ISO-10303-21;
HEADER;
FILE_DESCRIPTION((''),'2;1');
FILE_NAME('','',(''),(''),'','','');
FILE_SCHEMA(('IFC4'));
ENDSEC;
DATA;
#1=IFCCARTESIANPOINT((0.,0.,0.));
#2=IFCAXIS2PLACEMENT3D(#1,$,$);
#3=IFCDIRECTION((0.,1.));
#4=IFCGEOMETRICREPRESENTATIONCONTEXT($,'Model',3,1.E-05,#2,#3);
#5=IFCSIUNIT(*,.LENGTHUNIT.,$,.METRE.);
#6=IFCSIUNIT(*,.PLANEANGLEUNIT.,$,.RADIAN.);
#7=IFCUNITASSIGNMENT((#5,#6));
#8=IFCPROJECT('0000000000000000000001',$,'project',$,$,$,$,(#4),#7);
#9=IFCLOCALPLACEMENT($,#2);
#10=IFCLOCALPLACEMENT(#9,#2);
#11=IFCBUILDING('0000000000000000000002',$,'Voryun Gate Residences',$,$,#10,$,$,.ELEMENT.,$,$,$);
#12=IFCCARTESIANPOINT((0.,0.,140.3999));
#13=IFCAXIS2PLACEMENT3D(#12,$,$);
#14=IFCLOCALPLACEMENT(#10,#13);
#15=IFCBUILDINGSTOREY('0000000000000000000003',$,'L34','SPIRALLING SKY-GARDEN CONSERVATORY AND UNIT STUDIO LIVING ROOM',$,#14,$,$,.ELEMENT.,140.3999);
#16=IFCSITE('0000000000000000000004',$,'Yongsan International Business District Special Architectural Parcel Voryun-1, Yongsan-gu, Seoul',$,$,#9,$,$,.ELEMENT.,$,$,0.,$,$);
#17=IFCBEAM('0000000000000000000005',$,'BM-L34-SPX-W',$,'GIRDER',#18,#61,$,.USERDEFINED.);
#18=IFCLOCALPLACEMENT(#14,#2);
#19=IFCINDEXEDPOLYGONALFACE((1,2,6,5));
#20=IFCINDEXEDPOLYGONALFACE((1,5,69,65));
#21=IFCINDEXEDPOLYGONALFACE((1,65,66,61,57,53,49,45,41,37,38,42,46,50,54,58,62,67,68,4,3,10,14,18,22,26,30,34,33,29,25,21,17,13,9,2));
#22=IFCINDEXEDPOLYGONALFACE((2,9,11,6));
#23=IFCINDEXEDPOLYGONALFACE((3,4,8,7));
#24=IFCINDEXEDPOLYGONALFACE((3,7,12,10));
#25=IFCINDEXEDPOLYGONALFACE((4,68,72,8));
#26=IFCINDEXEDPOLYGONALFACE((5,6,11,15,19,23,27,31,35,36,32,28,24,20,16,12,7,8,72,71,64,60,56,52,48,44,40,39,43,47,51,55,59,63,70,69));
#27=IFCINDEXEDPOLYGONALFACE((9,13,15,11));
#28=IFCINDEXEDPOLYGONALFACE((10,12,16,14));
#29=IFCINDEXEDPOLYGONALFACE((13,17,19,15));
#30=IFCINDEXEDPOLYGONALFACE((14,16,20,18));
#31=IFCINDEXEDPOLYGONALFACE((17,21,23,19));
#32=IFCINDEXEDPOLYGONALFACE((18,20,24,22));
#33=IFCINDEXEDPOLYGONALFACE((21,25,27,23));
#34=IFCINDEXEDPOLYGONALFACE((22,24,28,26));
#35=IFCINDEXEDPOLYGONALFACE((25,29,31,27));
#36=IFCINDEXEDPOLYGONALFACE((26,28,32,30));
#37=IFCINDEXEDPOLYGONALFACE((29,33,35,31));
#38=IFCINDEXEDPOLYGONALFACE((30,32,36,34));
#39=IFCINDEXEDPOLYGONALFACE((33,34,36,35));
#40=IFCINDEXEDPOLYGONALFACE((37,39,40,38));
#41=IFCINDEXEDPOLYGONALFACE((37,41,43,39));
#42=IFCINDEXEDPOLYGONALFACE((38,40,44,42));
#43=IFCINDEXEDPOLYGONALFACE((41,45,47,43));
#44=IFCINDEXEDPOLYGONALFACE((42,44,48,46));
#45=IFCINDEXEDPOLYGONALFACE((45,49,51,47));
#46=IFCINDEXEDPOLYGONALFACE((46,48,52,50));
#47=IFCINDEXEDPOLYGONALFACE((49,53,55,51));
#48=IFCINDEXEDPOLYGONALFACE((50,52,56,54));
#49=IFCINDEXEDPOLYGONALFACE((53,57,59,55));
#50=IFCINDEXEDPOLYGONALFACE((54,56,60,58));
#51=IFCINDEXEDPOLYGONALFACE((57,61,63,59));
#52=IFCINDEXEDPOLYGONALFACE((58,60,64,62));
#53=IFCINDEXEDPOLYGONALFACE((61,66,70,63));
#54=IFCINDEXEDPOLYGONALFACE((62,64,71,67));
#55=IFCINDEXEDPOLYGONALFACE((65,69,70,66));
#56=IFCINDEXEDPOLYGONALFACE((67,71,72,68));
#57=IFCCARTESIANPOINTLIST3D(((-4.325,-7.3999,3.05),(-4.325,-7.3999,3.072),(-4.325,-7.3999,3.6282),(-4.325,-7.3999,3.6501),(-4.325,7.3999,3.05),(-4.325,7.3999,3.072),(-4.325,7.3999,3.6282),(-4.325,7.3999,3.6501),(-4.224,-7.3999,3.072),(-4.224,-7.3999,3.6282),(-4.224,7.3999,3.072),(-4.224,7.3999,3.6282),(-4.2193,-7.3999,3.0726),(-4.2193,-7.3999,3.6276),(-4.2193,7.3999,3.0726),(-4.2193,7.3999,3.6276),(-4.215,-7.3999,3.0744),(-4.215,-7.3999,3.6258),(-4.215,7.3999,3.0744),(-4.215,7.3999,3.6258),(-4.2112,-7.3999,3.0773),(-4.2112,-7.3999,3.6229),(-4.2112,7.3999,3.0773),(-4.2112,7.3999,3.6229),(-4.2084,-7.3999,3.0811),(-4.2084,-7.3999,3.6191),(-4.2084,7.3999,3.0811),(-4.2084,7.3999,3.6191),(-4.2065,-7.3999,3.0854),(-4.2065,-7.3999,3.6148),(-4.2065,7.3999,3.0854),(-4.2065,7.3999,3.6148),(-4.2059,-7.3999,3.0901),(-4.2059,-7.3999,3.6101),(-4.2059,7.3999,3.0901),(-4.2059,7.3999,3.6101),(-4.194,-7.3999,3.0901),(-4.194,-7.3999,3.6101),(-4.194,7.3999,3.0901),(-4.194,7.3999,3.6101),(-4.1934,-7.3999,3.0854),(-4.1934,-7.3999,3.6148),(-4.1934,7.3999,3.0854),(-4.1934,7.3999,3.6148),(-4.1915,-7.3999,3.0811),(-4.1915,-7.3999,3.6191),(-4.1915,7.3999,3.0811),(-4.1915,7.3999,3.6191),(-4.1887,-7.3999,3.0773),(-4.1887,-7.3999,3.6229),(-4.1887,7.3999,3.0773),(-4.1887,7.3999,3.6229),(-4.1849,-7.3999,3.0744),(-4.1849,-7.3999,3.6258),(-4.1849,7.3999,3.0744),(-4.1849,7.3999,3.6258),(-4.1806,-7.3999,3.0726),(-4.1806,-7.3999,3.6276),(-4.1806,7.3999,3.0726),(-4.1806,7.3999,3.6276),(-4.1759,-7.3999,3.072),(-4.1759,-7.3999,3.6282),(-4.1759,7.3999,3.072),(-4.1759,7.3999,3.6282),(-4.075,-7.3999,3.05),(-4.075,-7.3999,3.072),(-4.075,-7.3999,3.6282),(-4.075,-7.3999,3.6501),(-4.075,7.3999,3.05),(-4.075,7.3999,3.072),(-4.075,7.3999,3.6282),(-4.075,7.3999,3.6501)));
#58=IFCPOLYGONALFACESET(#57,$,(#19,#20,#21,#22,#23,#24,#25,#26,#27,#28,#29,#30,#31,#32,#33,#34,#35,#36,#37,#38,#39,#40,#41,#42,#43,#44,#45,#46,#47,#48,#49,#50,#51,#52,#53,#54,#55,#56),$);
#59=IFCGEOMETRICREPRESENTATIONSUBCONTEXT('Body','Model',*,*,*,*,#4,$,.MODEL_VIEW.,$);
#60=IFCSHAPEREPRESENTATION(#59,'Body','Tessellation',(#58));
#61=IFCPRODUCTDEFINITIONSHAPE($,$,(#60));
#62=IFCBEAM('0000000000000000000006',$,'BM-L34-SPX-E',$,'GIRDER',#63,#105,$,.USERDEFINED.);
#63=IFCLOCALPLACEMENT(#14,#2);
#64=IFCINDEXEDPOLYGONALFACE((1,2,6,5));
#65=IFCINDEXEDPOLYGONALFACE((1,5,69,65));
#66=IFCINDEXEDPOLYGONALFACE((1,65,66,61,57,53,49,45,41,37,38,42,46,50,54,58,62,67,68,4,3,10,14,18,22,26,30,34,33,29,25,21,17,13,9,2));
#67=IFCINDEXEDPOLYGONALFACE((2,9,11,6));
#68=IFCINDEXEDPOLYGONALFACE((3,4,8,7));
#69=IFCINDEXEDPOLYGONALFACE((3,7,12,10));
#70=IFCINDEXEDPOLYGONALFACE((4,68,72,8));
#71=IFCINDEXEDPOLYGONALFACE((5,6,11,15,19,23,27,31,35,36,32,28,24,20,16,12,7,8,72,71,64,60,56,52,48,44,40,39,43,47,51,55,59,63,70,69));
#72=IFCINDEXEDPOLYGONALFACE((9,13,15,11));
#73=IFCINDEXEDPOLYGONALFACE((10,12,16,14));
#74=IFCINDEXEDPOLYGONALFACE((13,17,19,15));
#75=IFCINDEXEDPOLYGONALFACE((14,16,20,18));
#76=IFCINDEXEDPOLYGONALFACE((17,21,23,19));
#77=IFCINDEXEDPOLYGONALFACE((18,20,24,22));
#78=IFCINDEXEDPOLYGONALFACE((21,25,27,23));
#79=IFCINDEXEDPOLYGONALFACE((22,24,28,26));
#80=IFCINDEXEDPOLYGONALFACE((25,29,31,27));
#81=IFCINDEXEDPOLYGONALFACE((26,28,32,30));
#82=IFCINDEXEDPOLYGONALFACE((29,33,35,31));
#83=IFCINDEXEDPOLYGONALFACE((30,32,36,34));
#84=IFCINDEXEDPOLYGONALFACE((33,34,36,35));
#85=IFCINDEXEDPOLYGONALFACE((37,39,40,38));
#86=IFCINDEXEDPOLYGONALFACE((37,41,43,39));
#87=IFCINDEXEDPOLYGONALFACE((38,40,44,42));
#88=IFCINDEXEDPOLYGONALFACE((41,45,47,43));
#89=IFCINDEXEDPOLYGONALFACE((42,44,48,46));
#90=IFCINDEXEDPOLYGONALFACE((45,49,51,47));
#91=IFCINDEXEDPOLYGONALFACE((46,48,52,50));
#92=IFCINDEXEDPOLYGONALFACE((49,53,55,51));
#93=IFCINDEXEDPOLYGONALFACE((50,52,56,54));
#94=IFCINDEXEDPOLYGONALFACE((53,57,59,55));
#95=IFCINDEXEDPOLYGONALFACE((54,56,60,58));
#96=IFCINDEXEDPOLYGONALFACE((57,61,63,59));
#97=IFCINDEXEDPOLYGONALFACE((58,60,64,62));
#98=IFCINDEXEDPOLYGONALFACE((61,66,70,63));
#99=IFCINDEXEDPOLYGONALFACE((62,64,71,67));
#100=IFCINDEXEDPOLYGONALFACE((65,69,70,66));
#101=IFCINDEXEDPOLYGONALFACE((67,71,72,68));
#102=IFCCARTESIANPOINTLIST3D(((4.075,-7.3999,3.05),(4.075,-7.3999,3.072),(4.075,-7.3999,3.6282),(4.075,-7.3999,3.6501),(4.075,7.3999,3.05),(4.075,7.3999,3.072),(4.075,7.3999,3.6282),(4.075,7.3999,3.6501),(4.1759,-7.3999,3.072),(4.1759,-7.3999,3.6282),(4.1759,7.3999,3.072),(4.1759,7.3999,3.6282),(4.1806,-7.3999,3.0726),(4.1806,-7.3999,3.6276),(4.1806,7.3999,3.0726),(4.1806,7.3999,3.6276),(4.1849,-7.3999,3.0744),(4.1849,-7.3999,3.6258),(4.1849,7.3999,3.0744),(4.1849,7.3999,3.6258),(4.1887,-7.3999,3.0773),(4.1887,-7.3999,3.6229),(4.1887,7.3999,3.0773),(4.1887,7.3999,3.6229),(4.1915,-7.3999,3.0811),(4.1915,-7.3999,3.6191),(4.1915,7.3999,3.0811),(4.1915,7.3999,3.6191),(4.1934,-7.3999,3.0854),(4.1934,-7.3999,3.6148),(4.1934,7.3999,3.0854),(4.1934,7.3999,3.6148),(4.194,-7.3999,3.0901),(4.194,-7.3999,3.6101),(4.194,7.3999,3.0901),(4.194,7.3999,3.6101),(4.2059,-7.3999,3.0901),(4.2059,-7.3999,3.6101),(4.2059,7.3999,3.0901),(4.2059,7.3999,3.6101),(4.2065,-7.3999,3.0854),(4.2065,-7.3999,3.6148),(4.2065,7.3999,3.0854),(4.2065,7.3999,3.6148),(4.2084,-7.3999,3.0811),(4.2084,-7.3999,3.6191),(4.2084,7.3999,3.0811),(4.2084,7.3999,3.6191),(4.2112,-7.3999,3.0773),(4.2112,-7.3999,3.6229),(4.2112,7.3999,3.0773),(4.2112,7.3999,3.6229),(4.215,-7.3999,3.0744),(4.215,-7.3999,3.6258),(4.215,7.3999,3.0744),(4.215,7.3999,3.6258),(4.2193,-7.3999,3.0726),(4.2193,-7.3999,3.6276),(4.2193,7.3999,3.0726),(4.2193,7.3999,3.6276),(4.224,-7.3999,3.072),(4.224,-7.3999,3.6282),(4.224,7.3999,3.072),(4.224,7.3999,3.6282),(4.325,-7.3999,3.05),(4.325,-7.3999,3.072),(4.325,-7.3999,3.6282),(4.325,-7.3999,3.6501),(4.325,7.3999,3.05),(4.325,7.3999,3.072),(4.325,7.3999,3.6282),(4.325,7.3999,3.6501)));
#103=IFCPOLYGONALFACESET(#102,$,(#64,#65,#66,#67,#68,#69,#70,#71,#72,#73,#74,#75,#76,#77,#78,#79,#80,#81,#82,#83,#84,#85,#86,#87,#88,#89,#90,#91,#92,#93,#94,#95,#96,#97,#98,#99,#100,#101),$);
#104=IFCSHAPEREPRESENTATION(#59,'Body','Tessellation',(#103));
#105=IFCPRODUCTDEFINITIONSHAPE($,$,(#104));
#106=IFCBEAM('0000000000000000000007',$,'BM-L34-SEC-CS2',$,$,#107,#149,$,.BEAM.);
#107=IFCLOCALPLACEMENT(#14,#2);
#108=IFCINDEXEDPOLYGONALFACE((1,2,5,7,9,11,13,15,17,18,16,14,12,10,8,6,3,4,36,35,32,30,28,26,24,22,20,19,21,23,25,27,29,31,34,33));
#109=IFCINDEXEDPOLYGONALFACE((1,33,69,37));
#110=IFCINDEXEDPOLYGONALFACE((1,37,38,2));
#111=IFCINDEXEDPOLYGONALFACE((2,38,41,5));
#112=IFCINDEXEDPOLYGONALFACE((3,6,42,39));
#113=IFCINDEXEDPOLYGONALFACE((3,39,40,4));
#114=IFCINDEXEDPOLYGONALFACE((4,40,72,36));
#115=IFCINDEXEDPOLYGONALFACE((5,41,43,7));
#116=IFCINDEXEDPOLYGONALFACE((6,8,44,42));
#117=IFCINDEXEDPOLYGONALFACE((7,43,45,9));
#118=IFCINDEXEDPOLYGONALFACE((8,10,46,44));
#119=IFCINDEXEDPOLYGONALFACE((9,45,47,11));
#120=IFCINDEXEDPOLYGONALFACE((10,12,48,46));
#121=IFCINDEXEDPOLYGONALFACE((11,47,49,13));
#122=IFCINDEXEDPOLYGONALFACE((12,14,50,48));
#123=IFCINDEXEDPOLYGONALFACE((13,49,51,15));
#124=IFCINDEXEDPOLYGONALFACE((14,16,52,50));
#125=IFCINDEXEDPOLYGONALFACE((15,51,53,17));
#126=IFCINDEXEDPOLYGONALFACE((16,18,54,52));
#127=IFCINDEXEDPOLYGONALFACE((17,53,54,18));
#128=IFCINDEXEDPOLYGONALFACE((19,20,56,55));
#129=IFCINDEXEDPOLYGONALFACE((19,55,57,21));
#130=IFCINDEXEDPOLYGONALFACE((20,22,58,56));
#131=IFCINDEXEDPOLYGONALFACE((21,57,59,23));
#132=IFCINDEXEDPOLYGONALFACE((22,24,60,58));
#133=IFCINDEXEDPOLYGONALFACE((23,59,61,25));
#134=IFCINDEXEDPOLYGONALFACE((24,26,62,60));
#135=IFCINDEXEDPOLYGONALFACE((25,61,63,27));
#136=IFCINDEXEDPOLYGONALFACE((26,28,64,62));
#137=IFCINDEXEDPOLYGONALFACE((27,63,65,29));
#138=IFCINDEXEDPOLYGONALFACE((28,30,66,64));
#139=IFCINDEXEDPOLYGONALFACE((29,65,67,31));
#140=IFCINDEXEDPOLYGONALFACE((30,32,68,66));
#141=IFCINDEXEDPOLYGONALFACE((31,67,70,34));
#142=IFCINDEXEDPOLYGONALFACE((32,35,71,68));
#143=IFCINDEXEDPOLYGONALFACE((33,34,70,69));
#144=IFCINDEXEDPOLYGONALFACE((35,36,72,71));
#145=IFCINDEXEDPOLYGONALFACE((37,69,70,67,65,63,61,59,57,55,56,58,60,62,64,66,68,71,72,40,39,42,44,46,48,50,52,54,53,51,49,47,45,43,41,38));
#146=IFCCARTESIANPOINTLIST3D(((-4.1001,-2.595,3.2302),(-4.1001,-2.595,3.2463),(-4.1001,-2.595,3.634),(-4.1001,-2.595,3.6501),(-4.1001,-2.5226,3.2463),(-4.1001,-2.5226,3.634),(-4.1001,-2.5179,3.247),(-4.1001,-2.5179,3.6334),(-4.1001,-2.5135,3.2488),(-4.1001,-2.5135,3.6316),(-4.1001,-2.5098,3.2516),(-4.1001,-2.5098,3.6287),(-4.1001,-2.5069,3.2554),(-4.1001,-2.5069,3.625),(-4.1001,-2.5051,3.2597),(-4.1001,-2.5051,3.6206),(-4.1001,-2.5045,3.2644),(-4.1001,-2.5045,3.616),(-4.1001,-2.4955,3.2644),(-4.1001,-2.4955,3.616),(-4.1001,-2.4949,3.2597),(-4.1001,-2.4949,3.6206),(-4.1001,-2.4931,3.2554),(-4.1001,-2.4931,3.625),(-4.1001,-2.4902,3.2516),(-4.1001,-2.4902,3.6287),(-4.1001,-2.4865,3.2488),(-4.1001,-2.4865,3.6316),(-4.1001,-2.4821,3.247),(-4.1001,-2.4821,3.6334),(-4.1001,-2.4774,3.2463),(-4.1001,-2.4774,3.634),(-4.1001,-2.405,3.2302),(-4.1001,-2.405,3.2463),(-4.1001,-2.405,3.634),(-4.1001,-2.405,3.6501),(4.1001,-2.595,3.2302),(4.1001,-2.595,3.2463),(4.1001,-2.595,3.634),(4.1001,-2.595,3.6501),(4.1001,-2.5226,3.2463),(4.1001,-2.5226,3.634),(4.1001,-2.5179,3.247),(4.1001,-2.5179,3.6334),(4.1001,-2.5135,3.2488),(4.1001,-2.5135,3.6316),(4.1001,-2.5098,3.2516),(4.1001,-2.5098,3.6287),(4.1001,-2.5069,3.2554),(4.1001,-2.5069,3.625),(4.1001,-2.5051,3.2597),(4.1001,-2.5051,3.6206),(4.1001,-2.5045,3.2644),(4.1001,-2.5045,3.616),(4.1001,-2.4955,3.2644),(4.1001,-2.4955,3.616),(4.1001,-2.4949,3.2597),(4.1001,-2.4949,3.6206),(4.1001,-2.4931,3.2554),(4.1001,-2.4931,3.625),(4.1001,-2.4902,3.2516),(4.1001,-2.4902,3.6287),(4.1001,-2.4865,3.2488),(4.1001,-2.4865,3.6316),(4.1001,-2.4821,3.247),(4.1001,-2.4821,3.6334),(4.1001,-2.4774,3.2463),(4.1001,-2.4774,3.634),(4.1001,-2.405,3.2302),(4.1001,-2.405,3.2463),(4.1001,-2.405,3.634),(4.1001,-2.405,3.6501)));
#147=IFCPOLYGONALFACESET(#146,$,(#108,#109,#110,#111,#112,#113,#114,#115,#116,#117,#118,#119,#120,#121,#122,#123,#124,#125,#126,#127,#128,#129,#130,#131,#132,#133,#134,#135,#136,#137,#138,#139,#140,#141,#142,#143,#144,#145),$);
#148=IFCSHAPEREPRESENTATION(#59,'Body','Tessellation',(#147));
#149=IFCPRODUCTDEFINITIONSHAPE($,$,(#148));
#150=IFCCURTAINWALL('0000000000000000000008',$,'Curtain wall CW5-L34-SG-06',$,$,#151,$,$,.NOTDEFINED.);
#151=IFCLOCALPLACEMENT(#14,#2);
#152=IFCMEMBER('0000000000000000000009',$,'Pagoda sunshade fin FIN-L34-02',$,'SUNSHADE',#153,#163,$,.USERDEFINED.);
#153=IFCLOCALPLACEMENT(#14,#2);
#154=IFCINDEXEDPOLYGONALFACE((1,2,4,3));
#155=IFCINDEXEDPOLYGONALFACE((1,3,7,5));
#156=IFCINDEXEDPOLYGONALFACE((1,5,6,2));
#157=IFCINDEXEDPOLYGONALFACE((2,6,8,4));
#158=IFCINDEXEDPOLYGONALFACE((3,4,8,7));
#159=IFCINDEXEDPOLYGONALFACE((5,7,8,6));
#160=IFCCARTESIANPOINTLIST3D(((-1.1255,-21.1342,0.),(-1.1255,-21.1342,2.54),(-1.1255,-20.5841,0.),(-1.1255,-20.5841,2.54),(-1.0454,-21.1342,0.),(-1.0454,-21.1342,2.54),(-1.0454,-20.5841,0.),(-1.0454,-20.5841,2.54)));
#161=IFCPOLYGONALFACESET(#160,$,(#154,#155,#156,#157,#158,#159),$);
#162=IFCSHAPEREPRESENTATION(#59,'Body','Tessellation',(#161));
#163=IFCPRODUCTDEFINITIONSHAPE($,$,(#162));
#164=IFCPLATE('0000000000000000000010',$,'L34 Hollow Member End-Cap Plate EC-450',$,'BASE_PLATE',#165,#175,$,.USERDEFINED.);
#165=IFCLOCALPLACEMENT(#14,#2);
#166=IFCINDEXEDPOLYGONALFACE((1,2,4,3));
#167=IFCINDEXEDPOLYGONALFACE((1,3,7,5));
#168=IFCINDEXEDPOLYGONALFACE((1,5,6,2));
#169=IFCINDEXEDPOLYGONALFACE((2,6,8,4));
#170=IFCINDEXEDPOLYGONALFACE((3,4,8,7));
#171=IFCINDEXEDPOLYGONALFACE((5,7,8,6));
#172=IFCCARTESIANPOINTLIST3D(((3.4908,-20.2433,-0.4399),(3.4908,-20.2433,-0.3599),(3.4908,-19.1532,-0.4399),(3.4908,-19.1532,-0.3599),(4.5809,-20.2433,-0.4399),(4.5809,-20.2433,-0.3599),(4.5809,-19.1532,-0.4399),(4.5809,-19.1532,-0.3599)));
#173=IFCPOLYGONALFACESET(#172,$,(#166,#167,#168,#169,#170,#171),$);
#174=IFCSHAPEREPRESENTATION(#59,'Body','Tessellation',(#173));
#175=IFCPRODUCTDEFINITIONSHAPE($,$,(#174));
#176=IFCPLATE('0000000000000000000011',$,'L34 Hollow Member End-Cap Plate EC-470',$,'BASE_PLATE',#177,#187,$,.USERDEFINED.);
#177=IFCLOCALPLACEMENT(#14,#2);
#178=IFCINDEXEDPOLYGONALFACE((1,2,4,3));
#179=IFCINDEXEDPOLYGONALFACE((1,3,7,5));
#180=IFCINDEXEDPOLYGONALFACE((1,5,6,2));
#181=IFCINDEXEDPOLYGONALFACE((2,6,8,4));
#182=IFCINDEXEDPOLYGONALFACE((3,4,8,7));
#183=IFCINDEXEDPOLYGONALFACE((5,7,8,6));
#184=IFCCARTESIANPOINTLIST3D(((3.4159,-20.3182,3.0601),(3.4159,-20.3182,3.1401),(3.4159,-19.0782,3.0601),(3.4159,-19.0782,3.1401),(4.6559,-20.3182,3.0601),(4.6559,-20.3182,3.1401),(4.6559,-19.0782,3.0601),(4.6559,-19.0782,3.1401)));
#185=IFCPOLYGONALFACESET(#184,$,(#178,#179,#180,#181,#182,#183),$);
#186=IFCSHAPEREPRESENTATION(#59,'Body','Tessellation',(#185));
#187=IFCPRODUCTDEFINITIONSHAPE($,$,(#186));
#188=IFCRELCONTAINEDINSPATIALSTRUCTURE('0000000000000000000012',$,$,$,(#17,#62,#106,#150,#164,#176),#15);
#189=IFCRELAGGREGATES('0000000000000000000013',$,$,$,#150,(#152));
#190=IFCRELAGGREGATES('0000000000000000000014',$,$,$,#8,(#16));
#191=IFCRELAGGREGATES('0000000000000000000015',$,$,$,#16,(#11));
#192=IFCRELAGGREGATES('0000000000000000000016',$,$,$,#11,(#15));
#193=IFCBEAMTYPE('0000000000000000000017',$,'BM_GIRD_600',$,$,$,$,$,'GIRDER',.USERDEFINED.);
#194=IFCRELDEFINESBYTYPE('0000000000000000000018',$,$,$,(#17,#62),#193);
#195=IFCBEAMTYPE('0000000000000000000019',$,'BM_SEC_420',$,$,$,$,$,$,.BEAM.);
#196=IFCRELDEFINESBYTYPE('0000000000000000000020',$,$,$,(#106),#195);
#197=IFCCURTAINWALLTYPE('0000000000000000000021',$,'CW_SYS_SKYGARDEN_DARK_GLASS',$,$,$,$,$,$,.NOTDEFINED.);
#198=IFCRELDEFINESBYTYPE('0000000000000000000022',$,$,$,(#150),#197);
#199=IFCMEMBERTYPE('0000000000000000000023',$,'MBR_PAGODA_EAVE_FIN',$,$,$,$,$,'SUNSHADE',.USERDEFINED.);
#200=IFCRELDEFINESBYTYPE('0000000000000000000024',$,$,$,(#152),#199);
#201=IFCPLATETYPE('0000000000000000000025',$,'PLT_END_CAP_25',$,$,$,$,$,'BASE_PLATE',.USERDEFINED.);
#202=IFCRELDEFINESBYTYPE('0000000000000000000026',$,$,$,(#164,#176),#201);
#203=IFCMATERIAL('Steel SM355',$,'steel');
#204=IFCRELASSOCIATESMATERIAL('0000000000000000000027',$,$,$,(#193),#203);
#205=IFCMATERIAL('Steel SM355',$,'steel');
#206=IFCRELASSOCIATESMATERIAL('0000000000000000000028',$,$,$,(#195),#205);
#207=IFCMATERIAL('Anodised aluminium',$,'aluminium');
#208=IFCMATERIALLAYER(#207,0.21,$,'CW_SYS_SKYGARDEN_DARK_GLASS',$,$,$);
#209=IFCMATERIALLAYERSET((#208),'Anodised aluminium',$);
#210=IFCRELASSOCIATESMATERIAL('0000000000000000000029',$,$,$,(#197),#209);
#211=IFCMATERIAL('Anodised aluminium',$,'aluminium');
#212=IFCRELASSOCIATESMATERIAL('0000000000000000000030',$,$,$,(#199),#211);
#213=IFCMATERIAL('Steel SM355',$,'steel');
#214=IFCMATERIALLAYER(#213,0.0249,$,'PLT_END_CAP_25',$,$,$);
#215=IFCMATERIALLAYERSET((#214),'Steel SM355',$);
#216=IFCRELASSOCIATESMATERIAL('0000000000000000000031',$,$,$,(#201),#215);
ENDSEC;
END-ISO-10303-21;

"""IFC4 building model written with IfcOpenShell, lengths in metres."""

from ifc_helpers import new_model, si_unit, direction, frame, origin, origin_2d, place, context, subcontext, project, spatial, rectangle, i_section, extrude, material, layer, layer_set, material_profile, profile_set, type_object, element, aggregate, save


model = new_model("IFC4")

# Units and contexts
model_context = context("Model", 3, precision=1e-05, world=origin(), true_north=direction((0.0, 1.0)))
body_context = subcontext(model_context, "Body", "Model", "MODEL_VIEW")
ifc_project = project(units=[si_unit("LENGTHUNIT", "METRE"), si_unit("PLANEANGLEUNIT", "RADIAN")], contexts=[model_context])

# Site, building, storey
site_placement = place(None, origin())
site = spatial("IfcSite", under=ifc_project, at=site_placement, Name="Yongsan International Business District Special Architectural Parcel Voryun-1, Yongsan-gu, Seoul", CompositionType="ELEMENT", RefElevation=0.0)
building_placement = place(site_placement, origin())
building = spatial("IfcBuilding", under=site, at=building_placement, Name="Voryun Gate Residences", CompositionType="ELEMENT")
storey_placement = place(building_placement, frame((0.0, 0.0, 140.3999)))
storey = spatial("IfcBuildingStorey", under=building, at=storey_placement, Name="L34", Description="SPIRALLING SKY-GARDEN CONSERVATORY AND UNIT STUDIO LIVING ROOM", CompositionType="ELEMENT", Elevation=140.3999)

# Beams
ifc_material_1 = material(Name="Steel SM355", Category="steel")
ifc_material_profile_1 = material_profile(ifc_material_1, i_section(OverallWidth=0.25, OverallDepth=0.6001, WebThickness=0.012, FlangeThickness=0.022, FilletRadius=0.0181, at=origin_2d()), Name="H-600x250x12x22")
ifc_profile_set_1 = profile_set([ifc_material_profile_1], Name="Steel SM355")
beam_type_1 = type_object("IfcBeamType", Name="BM_GIRD_600", ElementType="GIRDER", PredefinedType="USERDEFINED", material=ifc_profile_set_1)
for number, where, z_axis, x_axis, name in (
    (1, (-4.2, -7.3999, 3.3501), (0.0, 1.0, 0.0), (-1.0, 0.0, 0.0), "BM-L34-SPX-W"),
    (2, (4.2, -7.3999, 3.3501), (0.0, 1.0, 0.0), (-1.0, 0.0, 0.0), "BM-L34-SPX-E"),
):
    element("IfcBeam", number, at=place(storey_placement, frame(where, z_axis=z_axis, x_axis=x_axis)), inside=storey, type_object=beam_type_1, Name=name, ObjectType="GIRDER", PredefinedType="USERDEFINED", context=body_context, shape_type="SweptSolid", body=[
        extrude(i_section(OverallWidth=0.25, OverallDepth=0.6001, WebThickness=0.012, FlangeThickness=0.022, FilletRadius=0.0181, at=origin_2d()), origin(), (0.0, 0.0, 1.0), 14.7998),
    ])
ifc_material_2 = material(Name="Steel SM355", Category="steel")
ifc_material_profile_2 = material_profile(ifc_material_2, i_section(OverallWidth=0.1899, OverallDepth=0.4199, WebThickness=0.009, FlangeThickness=0.0161, FilletRadius=0.0181, at=origin_2d()), Name="H-420x190x9x16")
ifc_profile_set_2 = profile_set([ifc_material_profile_2], Name="Steel SM355")
beam_type_2 = type_object("IfcBeamType", Name="BM_SEC_420", PredefinedType="BEAM", material=ifc_profile_set_2)
beam_1_placement = place(storey_placement, frame((-4.1001, -2.5, 3.4402), z_axis=(1.0, 0.0, 0.0), x_axis=(0.0, 1.0, 0.0)))
element("IfcBeam", 3, at=beam_1_placement, inside=storey, type_object=beam_type_2, Name="BM-L34-SEC-CS2", PredefinedType="BEAM", context=body_context, shape_type="SweptSolid", body=[
    extrude(i_section(OverallWidth=0.1899, OverallDepth=0.4199, WebThickness=0.009, FlangeThickness=0.0161, FilletRadius=0.0181, at=origin_2d()), origin(), (0.0, 0.0, 1.0), 8.2002),
])

# Curtain wall, member
ifc_material_3 = material(Name="Anodised aluminium", Category="aluminium")
ifc_layer_1 = layer(ifc_material_3, 0.21, Name="CW_SYS_SKYGARDEN_DARK_GLASS")
ifc_layer_set_1 = layer_set([ifc_layer_1], Name="Anodised aluminium")
curtain_wall_type = type_object("IfcCurtainWallType", Name="CW_SYS_SKYGARDEN_DARK_GLASS", PredefinedType="NOTDEFINED", material=ifc_layer_set_1)
curtain_wall_placement = place(storey_placement, origin())
curtain_wall = element("IfcCurtainWall", 4, at=curtain_wall_placement, inside=storey, type_object=curtain_wall_type, Name="Curtain wall CW5-L34-SG-06", PredefinedType="NOTDEFINED")
ifc_material_4 = material(Name="Anodised aluminium", Category="aluminium")
ifc_material_profile_3 = material_profile(ifc_material_4, rectangle(XDim=0.0801, YDim=0.55, at=origin_2d()), Name="ALU-EAVE-80x550")
ifc_profile_set_3 = profile_set([ifc_material_profile_3], Name="Anodised aluminium")
member_type = type_object("IfcMemberType", Name="MBR_PAGODA_EAVE_FIN", ElementType="SUNSHADE", PredefinedType="USERDEFINED", material=ifc_profile_set_3)
member_placement = place(storey_placement, frame((-1.0854, -20.8591, 0.0), z_axis=(0.0, 0.0, 1.0), x_axis=(1.0, 0.0, 0.0)))
member = element("IfcMember", 5, at=member_placement, type_object=member_type, Name="Pagoda sunshade fin FIN-L34-02", ObjectType="SUNSHADE", PredefinedType="USERDEFINED", context=body_context, shape_type="SweptSolid", body=[
    extrude(rectangle(XDim=0.0801, YDim=0.55, at=origin_2d()), origin(), (0.0, 0.0, 1.0), 2.54),
])
aggregate(curtain_wall, [member])

# Plates
ifc_material_5 = material(Name="Steel SM355", Category="steel")
ifc_layer_2 = layer(ifc_material_5, 0.0249, Name="PLT_END_CAP_25")
ifc_layer_set_2 = layer_set([ifc_layer_2], Name="Steel SM355")
plate_type = type_object("IfcPlateType", Name="PLT_END_CAP_25", ElementType="BASE_PLATE", PredefinedType="USERDEFINED", material=ifc_layer_set_2)
plate_placement = place(storey_placement, frame((4.0359, -19.6982, -0.4399), z_axis=(0.0, 0.0, 1.0), x_axis=(1.0, 0.0, 0.0)))
element("IfcPlate", 6, at=plate_placement, inside=storey, type_object=plate_type, Name="L34 Hollow Member End-Cap Plate EC-450", ObjectType="BASE_PLATE", PredefinedType="USERDEFINED", context=body_context, shape_type="SweptSolid", body=[
    extrude(rectangle(XDim=1.0901, YDim=1.0901, at=origin_2d()), origin(), (0.0, 0.0, 1.0), 0.0801),
])
for number, where, z_axis, x_axis, name in (
    (7, (4.0359, -19.6982, 3.0601), (0.0, 0.0, 1.0), (1.0, 0.0, 0.0), "L34 Hollow Member End-Cap Plate EC-470"),
):
    element("IfcPlate", number, at=place(storey_placement, frame(where, z_axis=z_axis, x_axis=x_axis)), inside=storey, type_object=plate_type, Name=name, ObjectType="BASE_PLATE", PredefinedType="USERDEFINED", context=body_context, shape_type="SweptSolid", body=[
        extrude(rectangle(XDim=1.24, YDim=1.24, at=origin_2d()), origin(), (0.0, 0.0, 1.0), 0.0801),
    ])

save(model, "model.ifc")
